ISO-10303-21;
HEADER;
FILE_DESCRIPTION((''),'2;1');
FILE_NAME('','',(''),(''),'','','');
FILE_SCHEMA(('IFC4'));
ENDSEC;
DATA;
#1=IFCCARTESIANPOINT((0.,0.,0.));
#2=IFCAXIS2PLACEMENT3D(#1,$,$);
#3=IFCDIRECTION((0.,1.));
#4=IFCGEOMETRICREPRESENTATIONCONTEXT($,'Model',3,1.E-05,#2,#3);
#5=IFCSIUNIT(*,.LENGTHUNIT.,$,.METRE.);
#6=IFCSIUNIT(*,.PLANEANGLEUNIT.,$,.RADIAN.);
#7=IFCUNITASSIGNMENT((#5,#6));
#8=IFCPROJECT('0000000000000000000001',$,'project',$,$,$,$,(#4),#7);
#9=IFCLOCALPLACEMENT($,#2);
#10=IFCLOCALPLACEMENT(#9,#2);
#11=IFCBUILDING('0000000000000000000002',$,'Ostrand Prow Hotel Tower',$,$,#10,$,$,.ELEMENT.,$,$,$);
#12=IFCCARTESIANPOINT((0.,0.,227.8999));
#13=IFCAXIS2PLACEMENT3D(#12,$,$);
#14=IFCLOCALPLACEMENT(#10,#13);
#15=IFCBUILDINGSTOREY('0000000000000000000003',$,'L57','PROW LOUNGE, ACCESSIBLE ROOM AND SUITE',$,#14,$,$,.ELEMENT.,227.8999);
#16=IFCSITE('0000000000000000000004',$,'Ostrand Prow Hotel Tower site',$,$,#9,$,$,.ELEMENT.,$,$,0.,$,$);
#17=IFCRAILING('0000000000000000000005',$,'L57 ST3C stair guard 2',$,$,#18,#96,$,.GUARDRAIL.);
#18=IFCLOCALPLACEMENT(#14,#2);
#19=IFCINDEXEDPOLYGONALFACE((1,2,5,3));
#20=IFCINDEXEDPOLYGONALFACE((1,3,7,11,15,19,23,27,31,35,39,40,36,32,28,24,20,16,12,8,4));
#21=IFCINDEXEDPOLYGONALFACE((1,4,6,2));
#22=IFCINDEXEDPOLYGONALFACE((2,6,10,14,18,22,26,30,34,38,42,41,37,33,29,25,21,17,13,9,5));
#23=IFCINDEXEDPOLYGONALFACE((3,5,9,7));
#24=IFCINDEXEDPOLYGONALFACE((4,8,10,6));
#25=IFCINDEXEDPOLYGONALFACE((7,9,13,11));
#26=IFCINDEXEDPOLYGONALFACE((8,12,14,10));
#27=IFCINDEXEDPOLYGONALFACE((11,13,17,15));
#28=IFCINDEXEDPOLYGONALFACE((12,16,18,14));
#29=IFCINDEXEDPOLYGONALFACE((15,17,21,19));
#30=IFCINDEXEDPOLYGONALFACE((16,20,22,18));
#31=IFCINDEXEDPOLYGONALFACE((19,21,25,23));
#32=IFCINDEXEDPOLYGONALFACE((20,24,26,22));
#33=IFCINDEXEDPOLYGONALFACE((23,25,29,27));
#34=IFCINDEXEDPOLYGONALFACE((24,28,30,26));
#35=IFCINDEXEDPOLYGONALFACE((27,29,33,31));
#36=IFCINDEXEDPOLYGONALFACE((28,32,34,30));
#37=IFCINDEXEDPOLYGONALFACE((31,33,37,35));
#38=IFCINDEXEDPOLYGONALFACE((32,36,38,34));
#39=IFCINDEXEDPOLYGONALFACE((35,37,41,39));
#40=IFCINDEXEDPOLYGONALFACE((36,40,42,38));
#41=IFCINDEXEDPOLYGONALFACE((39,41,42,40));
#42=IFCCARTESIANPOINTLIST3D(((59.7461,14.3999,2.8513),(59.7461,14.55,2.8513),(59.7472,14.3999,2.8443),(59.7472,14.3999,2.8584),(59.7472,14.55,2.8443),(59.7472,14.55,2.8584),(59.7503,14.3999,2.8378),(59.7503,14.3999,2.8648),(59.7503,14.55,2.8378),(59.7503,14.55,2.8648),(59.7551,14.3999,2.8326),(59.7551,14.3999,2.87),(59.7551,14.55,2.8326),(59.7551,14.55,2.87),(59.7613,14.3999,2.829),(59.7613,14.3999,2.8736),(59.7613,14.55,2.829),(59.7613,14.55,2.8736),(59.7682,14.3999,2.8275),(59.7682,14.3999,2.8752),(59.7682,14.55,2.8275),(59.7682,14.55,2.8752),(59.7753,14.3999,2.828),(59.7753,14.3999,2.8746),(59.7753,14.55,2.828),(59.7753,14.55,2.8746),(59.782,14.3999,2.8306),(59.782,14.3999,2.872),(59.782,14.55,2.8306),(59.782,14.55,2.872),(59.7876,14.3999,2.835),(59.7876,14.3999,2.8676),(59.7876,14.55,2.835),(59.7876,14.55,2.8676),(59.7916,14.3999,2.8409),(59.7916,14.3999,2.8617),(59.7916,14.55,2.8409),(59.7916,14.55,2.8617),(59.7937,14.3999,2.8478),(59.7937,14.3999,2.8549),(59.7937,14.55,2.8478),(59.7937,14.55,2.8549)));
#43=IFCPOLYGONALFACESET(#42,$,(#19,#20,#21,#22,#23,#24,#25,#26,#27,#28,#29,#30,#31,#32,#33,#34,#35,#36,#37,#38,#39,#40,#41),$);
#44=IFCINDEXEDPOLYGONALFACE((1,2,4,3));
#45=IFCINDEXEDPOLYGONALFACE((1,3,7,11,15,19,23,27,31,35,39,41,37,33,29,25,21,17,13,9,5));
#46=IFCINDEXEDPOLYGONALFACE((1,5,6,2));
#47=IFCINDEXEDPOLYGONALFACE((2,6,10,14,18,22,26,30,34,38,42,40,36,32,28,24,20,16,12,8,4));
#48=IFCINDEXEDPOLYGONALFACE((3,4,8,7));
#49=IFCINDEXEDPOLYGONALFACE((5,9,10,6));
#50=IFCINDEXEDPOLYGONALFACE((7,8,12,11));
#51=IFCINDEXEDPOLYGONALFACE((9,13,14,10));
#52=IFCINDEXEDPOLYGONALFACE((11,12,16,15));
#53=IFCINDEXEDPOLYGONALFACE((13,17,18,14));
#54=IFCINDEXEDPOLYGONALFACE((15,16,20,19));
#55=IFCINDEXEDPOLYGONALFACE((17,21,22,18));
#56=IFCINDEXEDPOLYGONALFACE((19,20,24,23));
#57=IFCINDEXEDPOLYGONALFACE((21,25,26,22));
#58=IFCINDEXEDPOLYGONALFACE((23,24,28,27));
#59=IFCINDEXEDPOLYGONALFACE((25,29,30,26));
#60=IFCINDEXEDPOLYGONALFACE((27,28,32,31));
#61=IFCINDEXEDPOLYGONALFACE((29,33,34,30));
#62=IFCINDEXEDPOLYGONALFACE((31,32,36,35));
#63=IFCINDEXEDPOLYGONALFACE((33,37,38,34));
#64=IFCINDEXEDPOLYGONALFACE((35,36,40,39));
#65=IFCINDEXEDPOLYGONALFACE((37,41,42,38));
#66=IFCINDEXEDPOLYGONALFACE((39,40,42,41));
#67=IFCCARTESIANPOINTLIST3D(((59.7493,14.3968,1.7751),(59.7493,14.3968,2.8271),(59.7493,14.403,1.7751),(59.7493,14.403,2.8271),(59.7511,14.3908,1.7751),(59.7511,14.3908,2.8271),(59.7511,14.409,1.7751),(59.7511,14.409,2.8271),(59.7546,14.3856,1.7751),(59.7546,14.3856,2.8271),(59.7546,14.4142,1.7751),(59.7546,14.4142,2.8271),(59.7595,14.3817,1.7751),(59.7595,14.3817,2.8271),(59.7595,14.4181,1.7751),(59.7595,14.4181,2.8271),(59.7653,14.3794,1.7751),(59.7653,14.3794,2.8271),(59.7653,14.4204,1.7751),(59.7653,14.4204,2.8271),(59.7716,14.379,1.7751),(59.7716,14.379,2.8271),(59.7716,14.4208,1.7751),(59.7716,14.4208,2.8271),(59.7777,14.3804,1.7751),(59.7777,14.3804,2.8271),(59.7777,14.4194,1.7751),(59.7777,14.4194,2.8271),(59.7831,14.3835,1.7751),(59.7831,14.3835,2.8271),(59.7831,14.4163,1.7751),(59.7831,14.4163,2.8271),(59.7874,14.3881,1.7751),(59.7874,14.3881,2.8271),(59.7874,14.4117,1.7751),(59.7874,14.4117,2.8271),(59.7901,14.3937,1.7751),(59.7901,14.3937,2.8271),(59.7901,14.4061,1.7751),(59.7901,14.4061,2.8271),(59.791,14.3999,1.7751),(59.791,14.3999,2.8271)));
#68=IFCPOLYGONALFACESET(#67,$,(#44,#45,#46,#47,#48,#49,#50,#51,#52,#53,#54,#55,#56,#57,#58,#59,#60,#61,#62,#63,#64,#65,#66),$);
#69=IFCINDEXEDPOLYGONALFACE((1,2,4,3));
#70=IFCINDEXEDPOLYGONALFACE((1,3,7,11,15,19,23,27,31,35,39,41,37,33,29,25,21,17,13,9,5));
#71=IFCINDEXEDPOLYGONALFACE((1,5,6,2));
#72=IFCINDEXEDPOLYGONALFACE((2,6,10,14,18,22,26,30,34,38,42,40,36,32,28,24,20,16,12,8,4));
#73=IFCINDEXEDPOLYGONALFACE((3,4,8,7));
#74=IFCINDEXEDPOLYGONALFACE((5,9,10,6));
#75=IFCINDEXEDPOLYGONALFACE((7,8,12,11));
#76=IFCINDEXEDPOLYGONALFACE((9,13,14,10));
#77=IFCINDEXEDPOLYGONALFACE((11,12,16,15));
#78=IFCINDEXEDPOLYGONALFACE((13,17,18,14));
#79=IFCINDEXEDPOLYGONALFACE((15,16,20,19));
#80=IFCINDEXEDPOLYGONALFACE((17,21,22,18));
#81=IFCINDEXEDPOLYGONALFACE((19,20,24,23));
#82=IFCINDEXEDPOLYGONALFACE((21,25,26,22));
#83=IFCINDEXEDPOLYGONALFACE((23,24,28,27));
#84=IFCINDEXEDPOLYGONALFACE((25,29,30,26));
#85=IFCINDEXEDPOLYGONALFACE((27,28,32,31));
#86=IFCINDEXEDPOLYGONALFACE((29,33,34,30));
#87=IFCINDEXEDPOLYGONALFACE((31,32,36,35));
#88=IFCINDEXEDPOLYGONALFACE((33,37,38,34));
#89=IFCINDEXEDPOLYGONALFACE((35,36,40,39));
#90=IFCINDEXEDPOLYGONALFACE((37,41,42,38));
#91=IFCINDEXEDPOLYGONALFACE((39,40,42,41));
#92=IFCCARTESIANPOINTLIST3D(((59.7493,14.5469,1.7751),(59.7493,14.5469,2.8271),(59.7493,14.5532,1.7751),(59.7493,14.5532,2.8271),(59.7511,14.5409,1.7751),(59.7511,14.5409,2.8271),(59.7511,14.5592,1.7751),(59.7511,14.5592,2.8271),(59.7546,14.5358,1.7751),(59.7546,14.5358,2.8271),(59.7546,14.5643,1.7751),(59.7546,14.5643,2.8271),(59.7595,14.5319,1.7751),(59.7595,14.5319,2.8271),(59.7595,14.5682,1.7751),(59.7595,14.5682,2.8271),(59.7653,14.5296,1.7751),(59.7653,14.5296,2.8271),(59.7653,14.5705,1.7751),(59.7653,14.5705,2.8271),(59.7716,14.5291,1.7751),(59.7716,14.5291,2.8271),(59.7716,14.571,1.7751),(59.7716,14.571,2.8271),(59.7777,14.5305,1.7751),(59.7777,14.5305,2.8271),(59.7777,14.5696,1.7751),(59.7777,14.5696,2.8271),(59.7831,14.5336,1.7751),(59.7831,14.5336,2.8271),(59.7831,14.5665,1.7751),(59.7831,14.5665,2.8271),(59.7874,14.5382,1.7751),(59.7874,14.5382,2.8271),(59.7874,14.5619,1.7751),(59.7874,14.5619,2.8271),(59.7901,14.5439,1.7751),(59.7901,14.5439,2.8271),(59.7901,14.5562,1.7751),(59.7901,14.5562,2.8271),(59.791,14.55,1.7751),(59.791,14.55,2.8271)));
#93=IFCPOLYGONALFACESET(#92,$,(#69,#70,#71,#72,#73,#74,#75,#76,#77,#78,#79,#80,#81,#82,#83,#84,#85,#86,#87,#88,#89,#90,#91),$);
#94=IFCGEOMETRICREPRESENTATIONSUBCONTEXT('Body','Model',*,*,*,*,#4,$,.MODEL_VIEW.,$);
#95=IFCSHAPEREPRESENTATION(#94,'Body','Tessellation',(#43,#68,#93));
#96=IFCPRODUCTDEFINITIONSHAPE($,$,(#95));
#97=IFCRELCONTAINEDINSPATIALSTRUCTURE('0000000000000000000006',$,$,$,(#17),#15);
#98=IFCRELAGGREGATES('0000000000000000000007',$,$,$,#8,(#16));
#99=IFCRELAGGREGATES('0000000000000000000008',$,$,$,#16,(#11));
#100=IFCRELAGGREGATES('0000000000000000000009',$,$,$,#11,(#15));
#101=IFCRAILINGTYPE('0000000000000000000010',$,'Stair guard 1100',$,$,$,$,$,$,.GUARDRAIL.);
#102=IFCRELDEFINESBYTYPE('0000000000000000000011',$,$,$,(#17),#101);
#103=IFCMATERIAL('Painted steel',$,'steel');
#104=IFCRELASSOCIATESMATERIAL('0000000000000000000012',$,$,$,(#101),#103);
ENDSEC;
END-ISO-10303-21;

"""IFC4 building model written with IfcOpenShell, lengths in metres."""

from ifc_helpers import new_model, si_unit, direction, frame, origin, origin_2d, place, context, subcontext, project, spatial, circle, extrude, material, type_object, element, save


model = new_model("IFC4")

# Units and contexts
model_context = context("Model", 3, precision=1e-05, world=origin(), true_north=direction((0.0, 1.0)))
body_context = subcontext(model_context, "Body", "Model", "MODEL_VIEW")
ifc_project = project(units=[si_unit("LENGTHUNIT", "METRE"), si_unit("PLANEANGLEUNIT", "RADIAN")], contexts=[model_context])

# Site, building, storey
site_placement = place(None, origin())
site = spatial("IfcSite", under=ifc_project, at=site_placement, Name="Ostrand Prow Hotel Tower site", CompositionType="ELEMENT", RefElevation=0.0)
building_placement = place(site_placement, origin())
building = spatial("IfcBuilding", under=site, at=building_placement, Name="Ostrand Prow Hotel Tower", CompositionType="ELEMENT")
storey_placement = place(building_placement, frame((0.0, 0.0, 227.8999)))
storey = spatial("IfcBuildingStorey", under=building, at=storey_placement, Name="L57", Description="PROW LOUNGE, ACCESSIBLE ROOM AND SUITE", CompositionType="ELEMENT", Elevation=227.8999)

# Railing
ifc_material_1 = material(Name="Painted steel", Category="steel")
railing_type_1 = type_object("IfcRailingType", Name="Stair guard 1100", PredefinedType="GUARDRAIL", material=ifc_material_1)
railing_1_placement = place(storey_placement, frame((59.77, 14.3999, 1.7751)))
element("IfcRailing", 1, at=railing_1_placement, inside=storey, type_object=railing_type_1, Name="L57 ST3C stair guard 2", PredefinedType="GUARDRAIL", context=body_context, shape_type="SweptSolid", body=[
    extrude(circle(Radius=0.0239, at=origin_2d()), frame((0.0, 0.0, 1.0762), z_axis=(0.0, 1.0, 0.0), x_axis=(-1.0, 0.0, 0.0)), (0.0, 0.0, 1.0), 0.1501),
    extrude(circle(Radius=0.021, at=origin_2d()), origin(), (0.0, 0.0, 1.0), 1.052),
    extrude(circle(Radius=0.021, at=origin_2d()), frame((0.0, 0.1501, 0.0)), (0.0, 0.0, 1.0), 1.052),
])

save(model, "model.ifc")
